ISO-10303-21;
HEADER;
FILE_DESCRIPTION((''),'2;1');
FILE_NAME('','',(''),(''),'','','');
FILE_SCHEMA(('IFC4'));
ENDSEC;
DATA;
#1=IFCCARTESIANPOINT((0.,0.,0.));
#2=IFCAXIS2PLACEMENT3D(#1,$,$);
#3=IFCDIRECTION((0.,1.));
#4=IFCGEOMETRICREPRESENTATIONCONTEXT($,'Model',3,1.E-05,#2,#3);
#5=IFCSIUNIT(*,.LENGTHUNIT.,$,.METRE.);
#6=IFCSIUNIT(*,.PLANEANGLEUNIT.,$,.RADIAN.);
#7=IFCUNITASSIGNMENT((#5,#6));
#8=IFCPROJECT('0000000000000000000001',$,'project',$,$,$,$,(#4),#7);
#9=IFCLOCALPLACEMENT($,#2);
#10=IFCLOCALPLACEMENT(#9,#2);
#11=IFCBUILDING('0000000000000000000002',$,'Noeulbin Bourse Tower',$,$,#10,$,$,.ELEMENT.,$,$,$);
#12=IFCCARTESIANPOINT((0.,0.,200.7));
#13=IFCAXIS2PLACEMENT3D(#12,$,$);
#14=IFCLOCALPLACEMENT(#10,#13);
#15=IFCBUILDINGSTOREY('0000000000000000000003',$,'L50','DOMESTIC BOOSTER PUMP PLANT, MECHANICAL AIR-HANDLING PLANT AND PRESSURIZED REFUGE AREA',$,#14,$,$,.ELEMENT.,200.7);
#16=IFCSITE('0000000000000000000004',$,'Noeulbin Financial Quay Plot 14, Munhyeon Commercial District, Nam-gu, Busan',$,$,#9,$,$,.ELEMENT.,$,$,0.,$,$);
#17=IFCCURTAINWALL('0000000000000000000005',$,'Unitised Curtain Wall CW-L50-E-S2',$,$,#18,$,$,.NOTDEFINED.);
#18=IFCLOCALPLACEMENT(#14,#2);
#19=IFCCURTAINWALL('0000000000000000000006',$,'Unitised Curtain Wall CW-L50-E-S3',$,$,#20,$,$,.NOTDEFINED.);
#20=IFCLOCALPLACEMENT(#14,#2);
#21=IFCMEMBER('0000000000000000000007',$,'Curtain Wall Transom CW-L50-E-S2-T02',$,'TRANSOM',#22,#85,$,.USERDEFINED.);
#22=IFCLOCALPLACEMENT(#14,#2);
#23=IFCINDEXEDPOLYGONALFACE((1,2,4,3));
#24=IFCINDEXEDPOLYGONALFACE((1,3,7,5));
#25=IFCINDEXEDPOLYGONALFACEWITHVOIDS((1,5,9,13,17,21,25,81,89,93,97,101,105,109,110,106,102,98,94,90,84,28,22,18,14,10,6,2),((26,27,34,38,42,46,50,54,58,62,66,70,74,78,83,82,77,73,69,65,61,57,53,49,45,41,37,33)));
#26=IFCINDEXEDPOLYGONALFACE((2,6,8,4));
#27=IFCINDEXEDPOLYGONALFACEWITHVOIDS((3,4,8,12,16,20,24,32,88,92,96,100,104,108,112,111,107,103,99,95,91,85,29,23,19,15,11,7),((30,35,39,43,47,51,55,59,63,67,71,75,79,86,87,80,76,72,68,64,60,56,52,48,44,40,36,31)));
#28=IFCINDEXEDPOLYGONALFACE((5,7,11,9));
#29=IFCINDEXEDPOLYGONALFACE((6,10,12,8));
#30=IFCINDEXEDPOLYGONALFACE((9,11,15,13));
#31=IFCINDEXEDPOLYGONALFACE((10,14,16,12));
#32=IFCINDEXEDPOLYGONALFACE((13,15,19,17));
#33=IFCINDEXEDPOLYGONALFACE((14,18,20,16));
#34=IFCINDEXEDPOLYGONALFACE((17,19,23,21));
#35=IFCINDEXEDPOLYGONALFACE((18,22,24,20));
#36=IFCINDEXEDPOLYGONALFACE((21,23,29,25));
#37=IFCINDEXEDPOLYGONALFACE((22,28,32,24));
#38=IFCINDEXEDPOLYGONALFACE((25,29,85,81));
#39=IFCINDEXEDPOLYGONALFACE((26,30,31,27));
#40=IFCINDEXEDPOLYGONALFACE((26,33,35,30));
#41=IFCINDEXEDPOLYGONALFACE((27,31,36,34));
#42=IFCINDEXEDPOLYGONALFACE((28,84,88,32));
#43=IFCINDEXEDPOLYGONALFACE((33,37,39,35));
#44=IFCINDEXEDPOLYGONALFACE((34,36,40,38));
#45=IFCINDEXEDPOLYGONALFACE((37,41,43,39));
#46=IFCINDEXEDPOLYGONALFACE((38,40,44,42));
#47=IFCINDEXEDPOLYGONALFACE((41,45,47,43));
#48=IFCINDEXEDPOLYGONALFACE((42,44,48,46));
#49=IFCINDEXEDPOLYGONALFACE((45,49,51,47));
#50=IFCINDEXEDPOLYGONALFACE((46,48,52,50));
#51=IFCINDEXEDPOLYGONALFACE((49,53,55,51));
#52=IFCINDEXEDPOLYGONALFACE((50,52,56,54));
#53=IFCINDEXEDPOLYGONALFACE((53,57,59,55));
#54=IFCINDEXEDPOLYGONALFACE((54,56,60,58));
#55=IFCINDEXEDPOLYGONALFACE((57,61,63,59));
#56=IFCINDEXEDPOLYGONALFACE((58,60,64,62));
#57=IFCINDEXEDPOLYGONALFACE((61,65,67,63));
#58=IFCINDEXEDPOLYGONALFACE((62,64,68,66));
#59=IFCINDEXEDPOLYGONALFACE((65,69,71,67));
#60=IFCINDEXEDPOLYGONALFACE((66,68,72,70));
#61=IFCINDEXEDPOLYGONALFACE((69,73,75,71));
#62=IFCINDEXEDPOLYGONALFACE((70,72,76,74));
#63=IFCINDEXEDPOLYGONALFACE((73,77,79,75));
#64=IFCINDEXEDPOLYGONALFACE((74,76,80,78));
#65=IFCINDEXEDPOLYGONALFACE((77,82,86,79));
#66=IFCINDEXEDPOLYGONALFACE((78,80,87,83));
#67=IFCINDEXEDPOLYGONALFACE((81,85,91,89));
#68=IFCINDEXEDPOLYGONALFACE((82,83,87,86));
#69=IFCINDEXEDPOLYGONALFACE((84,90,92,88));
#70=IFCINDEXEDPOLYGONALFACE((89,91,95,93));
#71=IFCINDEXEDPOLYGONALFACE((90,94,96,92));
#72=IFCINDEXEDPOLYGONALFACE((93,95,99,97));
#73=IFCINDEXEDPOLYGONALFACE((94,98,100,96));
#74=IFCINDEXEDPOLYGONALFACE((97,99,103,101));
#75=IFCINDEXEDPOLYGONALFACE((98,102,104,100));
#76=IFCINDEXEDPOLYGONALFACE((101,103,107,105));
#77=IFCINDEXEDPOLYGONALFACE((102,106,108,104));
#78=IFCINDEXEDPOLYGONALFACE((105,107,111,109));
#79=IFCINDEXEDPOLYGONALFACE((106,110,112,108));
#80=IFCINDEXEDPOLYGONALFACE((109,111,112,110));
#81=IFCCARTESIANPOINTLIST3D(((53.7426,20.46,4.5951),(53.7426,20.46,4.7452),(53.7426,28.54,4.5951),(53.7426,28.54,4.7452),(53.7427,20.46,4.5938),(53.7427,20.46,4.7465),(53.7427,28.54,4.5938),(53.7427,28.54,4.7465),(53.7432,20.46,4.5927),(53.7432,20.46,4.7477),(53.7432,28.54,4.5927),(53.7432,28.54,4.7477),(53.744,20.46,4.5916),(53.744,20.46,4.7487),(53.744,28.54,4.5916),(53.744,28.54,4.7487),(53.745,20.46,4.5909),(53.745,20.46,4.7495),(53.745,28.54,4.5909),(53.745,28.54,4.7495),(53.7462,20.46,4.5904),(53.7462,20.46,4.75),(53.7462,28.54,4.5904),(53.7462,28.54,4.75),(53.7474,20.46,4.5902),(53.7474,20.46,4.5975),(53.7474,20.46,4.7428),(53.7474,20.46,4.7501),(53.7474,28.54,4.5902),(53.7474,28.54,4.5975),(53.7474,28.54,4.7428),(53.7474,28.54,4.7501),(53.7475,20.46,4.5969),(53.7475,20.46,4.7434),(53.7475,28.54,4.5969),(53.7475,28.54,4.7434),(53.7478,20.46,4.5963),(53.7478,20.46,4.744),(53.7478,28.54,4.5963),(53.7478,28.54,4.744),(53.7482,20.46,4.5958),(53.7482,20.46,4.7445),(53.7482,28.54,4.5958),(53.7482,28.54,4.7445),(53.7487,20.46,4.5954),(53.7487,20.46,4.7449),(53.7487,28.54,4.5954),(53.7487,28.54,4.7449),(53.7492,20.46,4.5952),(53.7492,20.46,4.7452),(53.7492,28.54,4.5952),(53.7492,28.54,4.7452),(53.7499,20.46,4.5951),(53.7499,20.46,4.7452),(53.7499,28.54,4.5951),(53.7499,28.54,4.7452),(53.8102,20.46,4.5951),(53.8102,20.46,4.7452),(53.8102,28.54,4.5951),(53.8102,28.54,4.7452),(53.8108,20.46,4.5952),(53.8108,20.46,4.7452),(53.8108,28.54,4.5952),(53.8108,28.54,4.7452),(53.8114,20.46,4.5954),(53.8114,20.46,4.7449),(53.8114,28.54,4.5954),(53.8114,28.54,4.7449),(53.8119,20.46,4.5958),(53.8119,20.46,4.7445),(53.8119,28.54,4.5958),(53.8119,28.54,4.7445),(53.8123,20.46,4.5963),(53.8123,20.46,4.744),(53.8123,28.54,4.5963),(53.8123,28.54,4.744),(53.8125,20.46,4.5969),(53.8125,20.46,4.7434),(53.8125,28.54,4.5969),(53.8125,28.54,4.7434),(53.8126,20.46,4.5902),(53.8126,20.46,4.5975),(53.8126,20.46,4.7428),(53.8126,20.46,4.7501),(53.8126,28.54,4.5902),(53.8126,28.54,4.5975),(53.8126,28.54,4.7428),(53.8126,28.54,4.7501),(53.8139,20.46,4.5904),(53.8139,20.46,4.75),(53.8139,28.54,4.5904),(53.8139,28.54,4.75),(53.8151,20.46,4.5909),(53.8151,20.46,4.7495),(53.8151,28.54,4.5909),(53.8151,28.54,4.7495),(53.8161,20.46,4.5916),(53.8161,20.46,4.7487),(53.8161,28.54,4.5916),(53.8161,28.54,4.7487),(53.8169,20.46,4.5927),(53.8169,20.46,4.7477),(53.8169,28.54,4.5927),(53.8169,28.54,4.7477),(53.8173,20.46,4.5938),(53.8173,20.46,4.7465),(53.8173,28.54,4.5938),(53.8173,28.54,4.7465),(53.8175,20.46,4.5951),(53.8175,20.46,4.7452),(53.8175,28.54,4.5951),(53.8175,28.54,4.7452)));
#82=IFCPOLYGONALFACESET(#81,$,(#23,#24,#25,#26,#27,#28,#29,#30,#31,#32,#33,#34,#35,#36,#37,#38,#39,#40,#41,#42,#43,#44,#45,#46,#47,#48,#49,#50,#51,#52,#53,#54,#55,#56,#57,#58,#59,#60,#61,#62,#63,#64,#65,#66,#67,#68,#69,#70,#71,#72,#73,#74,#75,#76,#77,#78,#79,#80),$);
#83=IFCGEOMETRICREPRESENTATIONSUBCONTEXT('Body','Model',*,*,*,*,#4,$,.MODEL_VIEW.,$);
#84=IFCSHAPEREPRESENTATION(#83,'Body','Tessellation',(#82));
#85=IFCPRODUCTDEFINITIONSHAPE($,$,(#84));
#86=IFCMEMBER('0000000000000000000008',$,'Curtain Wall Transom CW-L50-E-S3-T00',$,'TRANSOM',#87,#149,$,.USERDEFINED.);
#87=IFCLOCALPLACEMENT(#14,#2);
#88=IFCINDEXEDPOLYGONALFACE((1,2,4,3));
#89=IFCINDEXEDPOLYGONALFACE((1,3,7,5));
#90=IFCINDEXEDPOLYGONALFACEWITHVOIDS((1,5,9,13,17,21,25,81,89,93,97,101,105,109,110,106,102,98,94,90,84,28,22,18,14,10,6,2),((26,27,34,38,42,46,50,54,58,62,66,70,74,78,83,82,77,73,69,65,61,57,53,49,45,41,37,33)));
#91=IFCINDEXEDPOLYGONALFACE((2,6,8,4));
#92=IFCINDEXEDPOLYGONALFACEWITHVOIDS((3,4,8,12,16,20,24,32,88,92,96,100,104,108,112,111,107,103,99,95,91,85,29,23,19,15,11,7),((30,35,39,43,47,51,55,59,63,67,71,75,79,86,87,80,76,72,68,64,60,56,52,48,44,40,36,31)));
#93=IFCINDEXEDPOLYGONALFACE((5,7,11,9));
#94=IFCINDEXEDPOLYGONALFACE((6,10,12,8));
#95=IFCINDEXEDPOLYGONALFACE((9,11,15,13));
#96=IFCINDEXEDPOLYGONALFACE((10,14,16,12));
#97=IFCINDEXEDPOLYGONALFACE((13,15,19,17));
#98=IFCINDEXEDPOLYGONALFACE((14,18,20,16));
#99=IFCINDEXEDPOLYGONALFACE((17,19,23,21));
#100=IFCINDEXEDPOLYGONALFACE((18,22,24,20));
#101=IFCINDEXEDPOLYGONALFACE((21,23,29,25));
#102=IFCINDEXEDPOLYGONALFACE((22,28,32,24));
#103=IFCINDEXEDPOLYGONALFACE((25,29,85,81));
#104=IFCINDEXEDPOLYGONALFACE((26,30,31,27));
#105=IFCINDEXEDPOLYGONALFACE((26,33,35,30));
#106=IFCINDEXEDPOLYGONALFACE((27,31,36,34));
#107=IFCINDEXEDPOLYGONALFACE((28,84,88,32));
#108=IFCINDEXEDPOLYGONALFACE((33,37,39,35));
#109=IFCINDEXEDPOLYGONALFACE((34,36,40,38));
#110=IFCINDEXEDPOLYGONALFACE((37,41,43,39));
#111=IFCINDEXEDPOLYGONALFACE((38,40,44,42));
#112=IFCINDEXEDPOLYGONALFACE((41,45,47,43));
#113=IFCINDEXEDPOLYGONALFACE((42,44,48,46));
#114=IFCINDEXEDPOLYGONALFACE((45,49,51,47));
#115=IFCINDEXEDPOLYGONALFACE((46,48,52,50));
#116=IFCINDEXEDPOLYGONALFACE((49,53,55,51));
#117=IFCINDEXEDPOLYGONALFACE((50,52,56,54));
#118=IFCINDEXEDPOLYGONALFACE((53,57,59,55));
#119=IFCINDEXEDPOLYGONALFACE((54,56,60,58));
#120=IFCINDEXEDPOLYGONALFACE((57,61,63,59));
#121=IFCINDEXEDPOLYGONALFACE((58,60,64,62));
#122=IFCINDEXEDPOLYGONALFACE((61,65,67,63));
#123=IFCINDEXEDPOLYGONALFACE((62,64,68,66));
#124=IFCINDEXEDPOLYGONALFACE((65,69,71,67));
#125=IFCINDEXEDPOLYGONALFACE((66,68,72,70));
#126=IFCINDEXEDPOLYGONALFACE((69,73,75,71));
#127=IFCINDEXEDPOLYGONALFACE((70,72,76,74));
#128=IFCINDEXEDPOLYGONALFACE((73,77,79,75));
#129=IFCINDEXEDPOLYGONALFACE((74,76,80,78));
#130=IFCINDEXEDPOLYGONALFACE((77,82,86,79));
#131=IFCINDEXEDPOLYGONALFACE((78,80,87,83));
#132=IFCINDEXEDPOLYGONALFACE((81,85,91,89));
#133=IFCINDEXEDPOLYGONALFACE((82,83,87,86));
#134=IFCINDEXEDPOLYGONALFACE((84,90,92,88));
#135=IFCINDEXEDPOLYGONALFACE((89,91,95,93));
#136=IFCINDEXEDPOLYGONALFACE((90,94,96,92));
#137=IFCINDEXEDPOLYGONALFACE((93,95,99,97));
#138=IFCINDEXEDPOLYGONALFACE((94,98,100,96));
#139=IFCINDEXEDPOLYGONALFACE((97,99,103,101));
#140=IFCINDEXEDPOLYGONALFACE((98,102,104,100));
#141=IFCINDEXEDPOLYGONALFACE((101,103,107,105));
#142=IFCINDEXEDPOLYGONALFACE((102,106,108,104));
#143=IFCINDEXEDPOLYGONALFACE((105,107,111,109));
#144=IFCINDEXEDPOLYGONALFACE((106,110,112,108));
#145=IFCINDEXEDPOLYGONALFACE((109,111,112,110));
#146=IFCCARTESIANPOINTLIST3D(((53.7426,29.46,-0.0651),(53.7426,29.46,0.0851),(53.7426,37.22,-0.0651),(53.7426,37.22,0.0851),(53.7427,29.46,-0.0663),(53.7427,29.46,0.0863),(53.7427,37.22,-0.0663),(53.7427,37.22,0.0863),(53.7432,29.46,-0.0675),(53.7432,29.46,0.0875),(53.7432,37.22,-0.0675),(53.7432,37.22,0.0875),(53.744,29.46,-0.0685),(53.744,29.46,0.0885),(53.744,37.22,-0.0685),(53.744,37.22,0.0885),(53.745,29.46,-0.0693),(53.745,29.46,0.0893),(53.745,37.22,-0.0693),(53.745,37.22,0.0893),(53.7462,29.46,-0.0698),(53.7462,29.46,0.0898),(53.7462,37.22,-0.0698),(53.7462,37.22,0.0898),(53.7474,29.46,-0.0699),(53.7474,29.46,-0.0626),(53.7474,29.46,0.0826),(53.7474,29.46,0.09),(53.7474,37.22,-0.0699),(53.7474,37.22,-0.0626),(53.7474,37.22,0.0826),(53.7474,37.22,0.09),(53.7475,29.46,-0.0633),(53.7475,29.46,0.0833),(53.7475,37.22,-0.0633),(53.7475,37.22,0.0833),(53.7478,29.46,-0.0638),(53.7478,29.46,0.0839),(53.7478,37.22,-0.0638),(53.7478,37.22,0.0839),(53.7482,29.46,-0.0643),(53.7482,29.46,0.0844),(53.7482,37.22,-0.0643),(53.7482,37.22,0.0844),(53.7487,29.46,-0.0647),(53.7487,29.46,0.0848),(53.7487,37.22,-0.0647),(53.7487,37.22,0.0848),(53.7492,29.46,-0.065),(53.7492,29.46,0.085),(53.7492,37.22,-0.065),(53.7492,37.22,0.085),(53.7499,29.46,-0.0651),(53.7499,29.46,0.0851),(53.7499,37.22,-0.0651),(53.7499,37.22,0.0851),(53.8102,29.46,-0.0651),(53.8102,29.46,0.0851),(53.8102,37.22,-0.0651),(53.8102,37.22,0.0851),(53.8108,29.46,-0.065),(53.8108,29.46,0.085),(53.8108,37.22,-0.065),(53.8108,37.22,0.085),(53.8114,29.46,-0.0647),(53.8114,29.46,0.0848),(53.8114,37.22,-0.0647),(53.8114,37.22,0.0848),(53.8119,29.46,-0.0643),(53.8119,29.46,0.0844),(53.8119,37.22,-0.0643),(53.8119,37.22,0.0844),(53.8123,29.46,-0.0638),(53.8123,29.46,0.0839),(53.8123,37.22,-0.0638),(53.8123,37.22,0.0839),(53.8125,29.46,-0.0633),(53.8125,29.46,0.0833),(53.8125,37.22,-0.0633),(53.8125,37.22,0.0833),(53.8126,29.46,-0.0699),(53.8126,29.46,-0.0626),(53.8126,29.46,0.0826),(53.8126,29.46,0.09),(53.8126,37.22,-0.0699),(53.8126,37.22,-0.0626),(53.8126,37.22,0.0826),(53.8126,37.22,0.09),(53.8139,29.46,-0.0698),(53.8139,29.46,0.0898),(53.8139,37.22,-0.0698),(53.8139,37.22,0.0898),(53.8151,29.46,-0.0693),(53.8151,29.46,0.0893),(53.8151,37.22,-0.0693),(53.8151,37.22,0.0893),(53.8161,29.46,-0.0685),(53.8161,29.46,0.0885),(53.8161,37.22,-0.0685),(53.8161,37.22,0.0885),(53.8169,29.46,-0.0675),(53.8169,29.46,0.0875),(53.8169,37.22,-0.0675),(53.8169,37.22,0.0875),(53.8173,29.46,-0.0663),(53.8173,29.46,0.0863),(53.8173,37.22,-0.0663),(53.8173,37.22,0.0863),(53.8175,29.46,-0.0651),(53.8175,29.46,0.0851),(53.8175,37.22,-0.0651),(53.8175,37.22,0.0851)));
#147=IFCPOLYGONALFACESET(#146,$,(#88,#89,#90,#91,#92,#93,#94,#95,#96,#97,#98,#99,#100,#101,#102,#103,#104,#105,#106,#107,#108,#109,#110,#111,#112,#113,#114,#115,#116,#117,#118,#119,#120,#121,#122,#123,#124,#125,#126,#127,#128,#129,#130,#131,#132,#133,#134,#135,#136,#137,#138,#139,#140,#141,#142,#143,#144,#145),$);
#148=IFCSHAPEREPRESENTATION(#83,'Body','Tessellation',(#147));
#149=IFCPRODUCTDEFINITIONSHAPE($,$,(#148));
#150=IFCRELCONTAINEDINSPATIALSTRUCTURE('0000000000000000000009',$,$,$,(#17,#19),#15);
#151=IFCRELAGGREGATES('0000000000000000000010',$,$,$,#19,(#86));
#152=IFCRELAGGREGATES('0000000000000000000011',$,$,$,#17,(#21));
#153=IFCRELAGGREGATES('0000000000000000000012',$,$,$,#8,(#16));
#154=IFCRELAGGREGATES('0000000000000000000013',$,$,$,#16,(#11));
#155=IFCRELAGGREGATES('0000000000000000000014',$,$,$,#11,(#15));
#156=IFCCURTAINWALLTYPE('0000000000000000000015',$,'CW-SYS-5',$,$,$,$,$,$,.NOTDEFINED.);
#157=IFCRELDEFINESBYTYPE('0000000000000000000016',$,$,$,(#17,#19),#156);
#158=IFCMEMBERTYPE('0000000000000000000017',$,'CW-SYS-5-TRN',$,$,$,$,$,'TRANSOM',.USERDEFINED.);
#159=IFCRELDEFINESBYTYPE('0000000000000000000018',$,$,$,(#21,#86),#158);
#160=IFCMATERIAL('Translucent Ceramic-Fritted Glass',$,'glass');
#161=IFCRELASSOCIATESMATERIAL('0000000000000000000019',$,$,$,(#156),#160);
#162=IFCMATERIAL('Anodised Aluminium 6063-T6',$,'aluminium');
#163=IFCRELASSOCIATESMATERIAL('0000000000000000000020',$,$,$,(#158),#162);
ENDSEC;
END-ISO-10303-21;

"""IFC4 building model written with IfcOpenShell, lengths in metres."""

from ifc_helpers import new_model, si_unit, direction, frame, origin, origin_2d, place, context, subcontext, project, spatial, hollow_rectangle, extrude, material, material_profile, profile_set, type_object, element, aggregate, save


model = new_model("IFC4")

# Units and contexts
model_context = context("Model", 3, precision=1e-05, world=origin(), true_north=direction((0.0, 1.0)))
body_context = subcontext(model_context, "Body", "Model", "MODEL_VIEW")
ifc_project = project(units=[si_unit("LENGTHUNIT", "METRE"), si_unit("PLANEANGLEUNIT", "RADIAN")], contexts=[model_context])

# Site, building, storey
site_placement = place(None, origin())
site = spatial("IfcSite", under=ifc_project, at=site_placement, Name="Noeulbin Financial Quay Plot 14, Munhyeon Commercial District, Nam-gu, Busan", CompositionType="ELEMENT", RefElevation=0.0)
building_placement = place(site_placement, origin())
building = spatial("IfcBuilding", under=site, at=building_placement, Name="Noeulbin Bourse Tower", CompositionType="ELEMENT")
storey_placement = place(building_placement, frame((0.0, 0.0, 200.7)))
storey = spatial("IfcBuildingStorey", under=building, at=storey_placement, Name="L50", Description="DOMESTIC BOOSTER PUMP PLANT, MECHANICAL AIR-HANDLING PLANT AND PRESSURIZED REFUGE AREA", CompositionType="ELEMENT", Elevation=200.7)

# Curtain wall
ifc_material_1 = material(Name="Translucent Ceramic-Fritted Glass", Category="glass")
curtain_wall_type = type_object("IfcCurtainWallType", Name="CW-SYS-5", PredefinedType="NOTDEFINED", material=ifc_material_1)
curtain_wall_1_placement = place(storey_placement, origin())
curtain_wall_1 = element("IfcCurtainWall", 1, at=curtain_wall_1_placement, inside=storey, type_object=curtain_wall_type, Name="Unitised Curtain Wall CW-L50-E-S2", PredefinedType="NOTDEFINED")
ifc_material_2 = material(Name="Anodised Aluminium 6063-T6", Category="aluminium")

# Curtain wall
curtain_wall_2_placement = place(storey_placement, origin())
curtain_wall_2 = element("IfcCurtainWall", 2, at=curtain_wall_2_placement, inside=storey, type_object=curtain_wall_type, Name="Unitised Curtain Wall CW-L50-E-S3", PredefinedType="NOTDEFINED")

# Members
ifc_material_profile_1 = material_profile(ifc_material_2, hollow_rectangle(XDim=0.075, YDim=0.1599, WallThickness=0.0049, InnerFilletRadius=0.0024, OuterFilletRadius=0.0049, at=origin_2d()), Name="ALU-TRAN-75x160x5", Category="LoadBearing")
ifc_profile_set_1 = profile_set([ifc_material_profile_1], Name="Anodised Aluminium 6063-T6")
member_type_1 = type_object("IfcMemberType", Name="CW-SYS-5-TRN", ElementType="TRANSOM", PredefinedType="USERDEFINED", material=ifc_profile_set_1)
member_1_placement = place(storey_placement, frame((53.78, 20.46, 4.6702), z_axis=(0.0, 1.0, 0.0), x_axis=(-1.0, 0.0, 0.0)))
member_1 = element("IfcMember", 3, at=member_1_placement, type_object=member_type_1, Name="Curtain Wall Transom CW-L50-E-S2-T02", ObjectType="TRANSOM", PredefinedType="USERDEFINED", context=body_context, shape_type="SweptSolid", body=[
    extrude(hollow_rectangle(XDim=0.075, YDim=0.1599, WallThickness=0.0049, InnerFilletRadius=0.0024, OuterFilletRadius=0.0049, at=origin_2d()), origin(), (0.0, 0.0, 1.0), 8.0801),
])
member_2_placement = place(storey_placement, frame((53.78, 29.46, 0.01), z_axis=(0.0, 1.0, 0.0), x_axis=(-1.0, 0.0, 0.0)))
member_2 = element("IfcMember", 4, at=member_2_placement, type_object=member_type_1, Name="Curtain Wall Transom CW-L50-E-S3-T00", ObjectType="TRANSOM", PredefinedType="USERDEFINED", context=body_context, shape_type="SweptSolid", body=[
    extrude(hollow_rectangle(XDim=0.075, YDim=0.1599, WallThickness=0.0049, InnerFilletRadius=0.0024, OuterFilletRadius=0.0049, at=origin_2d()), origin(), (0.0, 0.0, 1.0), 7.76),
])
aggregate(curtain_wall_2, [member_2])

aggregate(curtain_wall_1, [member_1])

save(model, "model.ifc")
